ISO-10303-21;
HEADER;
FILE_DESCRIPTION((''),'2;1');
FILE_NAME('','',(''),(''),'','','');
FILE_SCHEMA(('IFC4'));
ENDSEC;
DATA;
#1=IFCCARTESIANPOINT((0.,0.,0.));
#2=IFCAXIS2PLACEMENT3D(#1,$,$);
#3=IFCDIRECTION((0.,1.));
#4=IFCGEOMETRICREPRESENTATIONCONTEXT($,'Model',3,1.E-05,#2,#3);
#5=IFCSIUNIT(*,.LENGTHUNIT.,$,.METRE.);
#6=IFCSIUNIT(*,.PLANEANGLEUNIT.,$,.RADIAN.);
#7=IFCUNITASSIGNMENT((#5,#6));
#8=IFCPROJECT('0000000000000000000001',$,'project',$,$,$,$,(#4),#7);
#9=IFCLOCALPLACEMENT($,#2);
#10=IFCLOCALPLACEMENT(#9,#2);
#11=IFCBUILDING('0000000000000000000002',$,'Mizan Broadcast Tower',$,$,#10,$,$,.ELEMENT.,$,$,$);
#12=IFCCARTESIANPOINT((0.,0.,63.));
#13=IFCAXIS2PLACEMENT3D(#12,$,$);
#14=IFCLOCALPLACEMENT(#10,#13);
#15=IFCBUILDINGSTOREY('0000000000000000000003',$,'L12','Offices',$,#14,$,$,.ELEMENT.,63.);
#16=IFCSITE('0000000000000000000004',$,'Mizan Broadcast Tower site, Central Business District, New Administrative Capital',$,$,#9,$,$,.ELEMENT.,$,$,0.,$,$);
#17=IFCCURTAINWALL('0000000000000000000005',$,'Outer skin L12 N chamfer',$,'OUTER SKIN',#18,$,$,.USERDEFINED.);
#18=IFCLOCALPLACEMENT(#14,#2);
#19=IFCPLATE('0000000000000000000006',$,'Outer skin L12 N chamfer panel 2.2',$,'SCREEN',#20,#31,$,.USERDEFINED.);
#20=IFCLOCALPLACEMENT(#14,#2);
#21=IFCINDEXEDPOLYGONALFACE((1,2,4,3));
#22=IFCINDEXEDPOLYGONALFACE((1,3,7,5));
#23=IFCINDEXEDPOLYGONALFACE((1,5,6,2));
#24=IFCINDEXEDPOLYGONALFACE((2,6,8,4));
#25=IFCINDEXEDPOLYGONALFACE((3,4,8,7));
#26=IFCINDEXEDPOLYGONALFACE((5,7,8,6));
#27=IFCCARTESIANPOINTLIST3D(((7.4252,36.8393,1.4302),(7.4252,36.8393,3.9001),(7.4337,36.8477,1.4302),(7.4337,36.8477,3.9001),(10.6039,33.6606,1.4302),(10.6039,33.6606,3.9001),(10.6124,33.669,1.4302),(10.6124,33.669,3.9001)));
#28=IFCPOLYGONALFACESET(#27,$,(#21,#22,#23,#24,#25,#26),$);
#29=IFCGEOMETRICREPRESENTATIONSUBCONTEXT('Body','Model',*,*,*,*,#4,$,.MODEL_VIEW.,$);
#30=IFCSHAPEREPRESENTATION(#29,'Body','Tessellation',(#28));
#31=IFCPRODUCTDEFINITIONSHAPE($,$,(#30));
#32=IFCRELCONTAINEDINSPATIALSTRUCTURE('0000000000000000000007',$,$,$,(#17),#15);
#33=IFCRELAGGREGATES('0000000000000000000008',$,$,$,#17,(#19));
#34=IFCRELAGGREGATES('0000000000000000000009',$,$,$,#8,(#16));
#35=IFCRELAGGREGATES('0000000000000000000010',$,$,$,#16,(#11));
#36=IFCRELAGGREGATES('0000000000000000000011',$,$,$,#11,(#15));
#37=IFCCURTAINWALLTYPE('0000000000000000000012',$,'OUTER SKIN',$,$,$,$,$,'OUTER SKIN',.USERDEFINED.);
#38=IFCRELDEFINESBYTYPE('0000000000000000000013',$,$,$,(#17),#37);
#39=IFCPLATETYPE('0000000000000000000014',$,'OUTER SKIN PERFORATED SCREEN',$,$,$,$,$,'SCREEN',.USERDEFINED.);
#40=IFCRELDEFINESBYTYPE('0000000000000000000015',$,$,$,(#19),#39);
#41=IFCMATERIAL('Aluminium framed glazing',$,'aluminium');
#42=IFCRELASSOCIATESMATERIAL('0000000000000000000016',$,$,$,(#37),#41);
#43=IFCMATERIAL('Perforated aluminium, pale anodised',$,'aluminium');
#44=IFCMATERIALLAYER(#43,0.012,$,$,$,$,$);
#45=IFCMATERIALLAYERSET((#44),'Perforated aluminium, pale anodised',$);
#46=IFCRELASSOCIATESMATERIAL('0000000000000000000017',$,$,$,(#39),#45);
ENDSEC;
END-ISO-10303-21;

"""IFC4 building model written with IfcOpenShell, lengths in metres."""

from ifc_helpers import new_model, si_unit, direction, frame, origin, origin_2d, place, context, subcontext, project, spatial, rectangle, extrude, material, layer, layer_set, type_object, element, aggregate, save


model = new_model("IFC4")

# Units and contexts
model_context = context("Model", 3, precision=1e-05, world=origin(), true_north=direction((0.0, 1.0)))
body_context = subcontext(model_context, "Body", "Model", "MODEL_VIEW")
ifc_project = project(units=[si_unit("LENGTHUNIT", "METRE"), si_unit("PLANEANGLEUNIT", "RADIAN")], contexts=[model_context])

# Site, building, storey
site_placement = place(None, origin())
site = spatial("IfcSite", under=ifc_project, at=site_placement, Name="Mizan Broadcast Tower site, Central Business District, New Administrative Capital", CompositionType="ELEMENT", RefElevation=0.0)
building_placement = place(site_placement, origin())
building = spatial("IfcBuilding", under=site, at=building_placement, Name="Mizan Broadcast Tower", CompositionType="ELEMENT")
storey_placement = place(building_placement, frame((0.0, 0.0, 63.0)))
storey = spatial("IfcBuildingStorey", under=building, at=storey_placement, Name="L12", Description="Offices", CompositionType="ELEMENT", Elevation=63.0)

# Curtain wall
ifc_material_1 = material(Name="Aluminium framed glazing", Category="aluminium")
curtain_wall_type_1 = type_object("IfcCurtainWallType", Name="OUTER SKIN", ElementType="OUTER SKIN", PredefinedType="USERDEFINED", material=ifc_material_1)
curtain_wall_1_placement = place(storey_placement, origin())
curtain_wall_1 = element("IfcCurtainWall", 1, at=curtain_wall_1_placement, inside=storey, type_object=curtain_wall_type_1, Name="Outer skin L12 N chamfer", ObjectType="OUTER SKIN", PredefinedType="USERDEFINED")

# Plate
ifc_material_2 = material(Name="Perforated aluminium, pale anodised", Category="aluminium")
ifc_layer_1 = layer(ifc_material_2, 0.012)
ifc_layer_set_1 = layer_set([ifc_layer_1], Name="Perforated aluminium, pale anodised")
plate_type_1 = type_object("IfcPlateType", Name="OUTER SKIN PERFORATED SCREEN", ElementType="SCREEN", PredefinedType="USERDEFINED", material=ifc_layer_set_1)
plate_1_placement = place(storey_placement, frame((9.0188, 35.2542, 1.4302), z_axis=(0.0, 0.0, 1.0), x_axis=(-0.707107, 0.707107, 0.0)))
plate_1 = element("IfcPlate", 2, at=plate_1_placement, type_object=plate_type_1, Name="Outer skin L12 N chamfer panel 2.2", ObjectType="SCREEN", PredefinedType="USERDEFINED", context=body_context, shape_type="SweptSolid", body=[
    extrude(rectangle(XDim=4.4954, YDim=0.012, at=origin_2d()), origin(), (0.0, 0.0, 1.0), 2.47),
])
aggregate(curtain_wall_1, [plate_1])

save(model, "model.ifc")
